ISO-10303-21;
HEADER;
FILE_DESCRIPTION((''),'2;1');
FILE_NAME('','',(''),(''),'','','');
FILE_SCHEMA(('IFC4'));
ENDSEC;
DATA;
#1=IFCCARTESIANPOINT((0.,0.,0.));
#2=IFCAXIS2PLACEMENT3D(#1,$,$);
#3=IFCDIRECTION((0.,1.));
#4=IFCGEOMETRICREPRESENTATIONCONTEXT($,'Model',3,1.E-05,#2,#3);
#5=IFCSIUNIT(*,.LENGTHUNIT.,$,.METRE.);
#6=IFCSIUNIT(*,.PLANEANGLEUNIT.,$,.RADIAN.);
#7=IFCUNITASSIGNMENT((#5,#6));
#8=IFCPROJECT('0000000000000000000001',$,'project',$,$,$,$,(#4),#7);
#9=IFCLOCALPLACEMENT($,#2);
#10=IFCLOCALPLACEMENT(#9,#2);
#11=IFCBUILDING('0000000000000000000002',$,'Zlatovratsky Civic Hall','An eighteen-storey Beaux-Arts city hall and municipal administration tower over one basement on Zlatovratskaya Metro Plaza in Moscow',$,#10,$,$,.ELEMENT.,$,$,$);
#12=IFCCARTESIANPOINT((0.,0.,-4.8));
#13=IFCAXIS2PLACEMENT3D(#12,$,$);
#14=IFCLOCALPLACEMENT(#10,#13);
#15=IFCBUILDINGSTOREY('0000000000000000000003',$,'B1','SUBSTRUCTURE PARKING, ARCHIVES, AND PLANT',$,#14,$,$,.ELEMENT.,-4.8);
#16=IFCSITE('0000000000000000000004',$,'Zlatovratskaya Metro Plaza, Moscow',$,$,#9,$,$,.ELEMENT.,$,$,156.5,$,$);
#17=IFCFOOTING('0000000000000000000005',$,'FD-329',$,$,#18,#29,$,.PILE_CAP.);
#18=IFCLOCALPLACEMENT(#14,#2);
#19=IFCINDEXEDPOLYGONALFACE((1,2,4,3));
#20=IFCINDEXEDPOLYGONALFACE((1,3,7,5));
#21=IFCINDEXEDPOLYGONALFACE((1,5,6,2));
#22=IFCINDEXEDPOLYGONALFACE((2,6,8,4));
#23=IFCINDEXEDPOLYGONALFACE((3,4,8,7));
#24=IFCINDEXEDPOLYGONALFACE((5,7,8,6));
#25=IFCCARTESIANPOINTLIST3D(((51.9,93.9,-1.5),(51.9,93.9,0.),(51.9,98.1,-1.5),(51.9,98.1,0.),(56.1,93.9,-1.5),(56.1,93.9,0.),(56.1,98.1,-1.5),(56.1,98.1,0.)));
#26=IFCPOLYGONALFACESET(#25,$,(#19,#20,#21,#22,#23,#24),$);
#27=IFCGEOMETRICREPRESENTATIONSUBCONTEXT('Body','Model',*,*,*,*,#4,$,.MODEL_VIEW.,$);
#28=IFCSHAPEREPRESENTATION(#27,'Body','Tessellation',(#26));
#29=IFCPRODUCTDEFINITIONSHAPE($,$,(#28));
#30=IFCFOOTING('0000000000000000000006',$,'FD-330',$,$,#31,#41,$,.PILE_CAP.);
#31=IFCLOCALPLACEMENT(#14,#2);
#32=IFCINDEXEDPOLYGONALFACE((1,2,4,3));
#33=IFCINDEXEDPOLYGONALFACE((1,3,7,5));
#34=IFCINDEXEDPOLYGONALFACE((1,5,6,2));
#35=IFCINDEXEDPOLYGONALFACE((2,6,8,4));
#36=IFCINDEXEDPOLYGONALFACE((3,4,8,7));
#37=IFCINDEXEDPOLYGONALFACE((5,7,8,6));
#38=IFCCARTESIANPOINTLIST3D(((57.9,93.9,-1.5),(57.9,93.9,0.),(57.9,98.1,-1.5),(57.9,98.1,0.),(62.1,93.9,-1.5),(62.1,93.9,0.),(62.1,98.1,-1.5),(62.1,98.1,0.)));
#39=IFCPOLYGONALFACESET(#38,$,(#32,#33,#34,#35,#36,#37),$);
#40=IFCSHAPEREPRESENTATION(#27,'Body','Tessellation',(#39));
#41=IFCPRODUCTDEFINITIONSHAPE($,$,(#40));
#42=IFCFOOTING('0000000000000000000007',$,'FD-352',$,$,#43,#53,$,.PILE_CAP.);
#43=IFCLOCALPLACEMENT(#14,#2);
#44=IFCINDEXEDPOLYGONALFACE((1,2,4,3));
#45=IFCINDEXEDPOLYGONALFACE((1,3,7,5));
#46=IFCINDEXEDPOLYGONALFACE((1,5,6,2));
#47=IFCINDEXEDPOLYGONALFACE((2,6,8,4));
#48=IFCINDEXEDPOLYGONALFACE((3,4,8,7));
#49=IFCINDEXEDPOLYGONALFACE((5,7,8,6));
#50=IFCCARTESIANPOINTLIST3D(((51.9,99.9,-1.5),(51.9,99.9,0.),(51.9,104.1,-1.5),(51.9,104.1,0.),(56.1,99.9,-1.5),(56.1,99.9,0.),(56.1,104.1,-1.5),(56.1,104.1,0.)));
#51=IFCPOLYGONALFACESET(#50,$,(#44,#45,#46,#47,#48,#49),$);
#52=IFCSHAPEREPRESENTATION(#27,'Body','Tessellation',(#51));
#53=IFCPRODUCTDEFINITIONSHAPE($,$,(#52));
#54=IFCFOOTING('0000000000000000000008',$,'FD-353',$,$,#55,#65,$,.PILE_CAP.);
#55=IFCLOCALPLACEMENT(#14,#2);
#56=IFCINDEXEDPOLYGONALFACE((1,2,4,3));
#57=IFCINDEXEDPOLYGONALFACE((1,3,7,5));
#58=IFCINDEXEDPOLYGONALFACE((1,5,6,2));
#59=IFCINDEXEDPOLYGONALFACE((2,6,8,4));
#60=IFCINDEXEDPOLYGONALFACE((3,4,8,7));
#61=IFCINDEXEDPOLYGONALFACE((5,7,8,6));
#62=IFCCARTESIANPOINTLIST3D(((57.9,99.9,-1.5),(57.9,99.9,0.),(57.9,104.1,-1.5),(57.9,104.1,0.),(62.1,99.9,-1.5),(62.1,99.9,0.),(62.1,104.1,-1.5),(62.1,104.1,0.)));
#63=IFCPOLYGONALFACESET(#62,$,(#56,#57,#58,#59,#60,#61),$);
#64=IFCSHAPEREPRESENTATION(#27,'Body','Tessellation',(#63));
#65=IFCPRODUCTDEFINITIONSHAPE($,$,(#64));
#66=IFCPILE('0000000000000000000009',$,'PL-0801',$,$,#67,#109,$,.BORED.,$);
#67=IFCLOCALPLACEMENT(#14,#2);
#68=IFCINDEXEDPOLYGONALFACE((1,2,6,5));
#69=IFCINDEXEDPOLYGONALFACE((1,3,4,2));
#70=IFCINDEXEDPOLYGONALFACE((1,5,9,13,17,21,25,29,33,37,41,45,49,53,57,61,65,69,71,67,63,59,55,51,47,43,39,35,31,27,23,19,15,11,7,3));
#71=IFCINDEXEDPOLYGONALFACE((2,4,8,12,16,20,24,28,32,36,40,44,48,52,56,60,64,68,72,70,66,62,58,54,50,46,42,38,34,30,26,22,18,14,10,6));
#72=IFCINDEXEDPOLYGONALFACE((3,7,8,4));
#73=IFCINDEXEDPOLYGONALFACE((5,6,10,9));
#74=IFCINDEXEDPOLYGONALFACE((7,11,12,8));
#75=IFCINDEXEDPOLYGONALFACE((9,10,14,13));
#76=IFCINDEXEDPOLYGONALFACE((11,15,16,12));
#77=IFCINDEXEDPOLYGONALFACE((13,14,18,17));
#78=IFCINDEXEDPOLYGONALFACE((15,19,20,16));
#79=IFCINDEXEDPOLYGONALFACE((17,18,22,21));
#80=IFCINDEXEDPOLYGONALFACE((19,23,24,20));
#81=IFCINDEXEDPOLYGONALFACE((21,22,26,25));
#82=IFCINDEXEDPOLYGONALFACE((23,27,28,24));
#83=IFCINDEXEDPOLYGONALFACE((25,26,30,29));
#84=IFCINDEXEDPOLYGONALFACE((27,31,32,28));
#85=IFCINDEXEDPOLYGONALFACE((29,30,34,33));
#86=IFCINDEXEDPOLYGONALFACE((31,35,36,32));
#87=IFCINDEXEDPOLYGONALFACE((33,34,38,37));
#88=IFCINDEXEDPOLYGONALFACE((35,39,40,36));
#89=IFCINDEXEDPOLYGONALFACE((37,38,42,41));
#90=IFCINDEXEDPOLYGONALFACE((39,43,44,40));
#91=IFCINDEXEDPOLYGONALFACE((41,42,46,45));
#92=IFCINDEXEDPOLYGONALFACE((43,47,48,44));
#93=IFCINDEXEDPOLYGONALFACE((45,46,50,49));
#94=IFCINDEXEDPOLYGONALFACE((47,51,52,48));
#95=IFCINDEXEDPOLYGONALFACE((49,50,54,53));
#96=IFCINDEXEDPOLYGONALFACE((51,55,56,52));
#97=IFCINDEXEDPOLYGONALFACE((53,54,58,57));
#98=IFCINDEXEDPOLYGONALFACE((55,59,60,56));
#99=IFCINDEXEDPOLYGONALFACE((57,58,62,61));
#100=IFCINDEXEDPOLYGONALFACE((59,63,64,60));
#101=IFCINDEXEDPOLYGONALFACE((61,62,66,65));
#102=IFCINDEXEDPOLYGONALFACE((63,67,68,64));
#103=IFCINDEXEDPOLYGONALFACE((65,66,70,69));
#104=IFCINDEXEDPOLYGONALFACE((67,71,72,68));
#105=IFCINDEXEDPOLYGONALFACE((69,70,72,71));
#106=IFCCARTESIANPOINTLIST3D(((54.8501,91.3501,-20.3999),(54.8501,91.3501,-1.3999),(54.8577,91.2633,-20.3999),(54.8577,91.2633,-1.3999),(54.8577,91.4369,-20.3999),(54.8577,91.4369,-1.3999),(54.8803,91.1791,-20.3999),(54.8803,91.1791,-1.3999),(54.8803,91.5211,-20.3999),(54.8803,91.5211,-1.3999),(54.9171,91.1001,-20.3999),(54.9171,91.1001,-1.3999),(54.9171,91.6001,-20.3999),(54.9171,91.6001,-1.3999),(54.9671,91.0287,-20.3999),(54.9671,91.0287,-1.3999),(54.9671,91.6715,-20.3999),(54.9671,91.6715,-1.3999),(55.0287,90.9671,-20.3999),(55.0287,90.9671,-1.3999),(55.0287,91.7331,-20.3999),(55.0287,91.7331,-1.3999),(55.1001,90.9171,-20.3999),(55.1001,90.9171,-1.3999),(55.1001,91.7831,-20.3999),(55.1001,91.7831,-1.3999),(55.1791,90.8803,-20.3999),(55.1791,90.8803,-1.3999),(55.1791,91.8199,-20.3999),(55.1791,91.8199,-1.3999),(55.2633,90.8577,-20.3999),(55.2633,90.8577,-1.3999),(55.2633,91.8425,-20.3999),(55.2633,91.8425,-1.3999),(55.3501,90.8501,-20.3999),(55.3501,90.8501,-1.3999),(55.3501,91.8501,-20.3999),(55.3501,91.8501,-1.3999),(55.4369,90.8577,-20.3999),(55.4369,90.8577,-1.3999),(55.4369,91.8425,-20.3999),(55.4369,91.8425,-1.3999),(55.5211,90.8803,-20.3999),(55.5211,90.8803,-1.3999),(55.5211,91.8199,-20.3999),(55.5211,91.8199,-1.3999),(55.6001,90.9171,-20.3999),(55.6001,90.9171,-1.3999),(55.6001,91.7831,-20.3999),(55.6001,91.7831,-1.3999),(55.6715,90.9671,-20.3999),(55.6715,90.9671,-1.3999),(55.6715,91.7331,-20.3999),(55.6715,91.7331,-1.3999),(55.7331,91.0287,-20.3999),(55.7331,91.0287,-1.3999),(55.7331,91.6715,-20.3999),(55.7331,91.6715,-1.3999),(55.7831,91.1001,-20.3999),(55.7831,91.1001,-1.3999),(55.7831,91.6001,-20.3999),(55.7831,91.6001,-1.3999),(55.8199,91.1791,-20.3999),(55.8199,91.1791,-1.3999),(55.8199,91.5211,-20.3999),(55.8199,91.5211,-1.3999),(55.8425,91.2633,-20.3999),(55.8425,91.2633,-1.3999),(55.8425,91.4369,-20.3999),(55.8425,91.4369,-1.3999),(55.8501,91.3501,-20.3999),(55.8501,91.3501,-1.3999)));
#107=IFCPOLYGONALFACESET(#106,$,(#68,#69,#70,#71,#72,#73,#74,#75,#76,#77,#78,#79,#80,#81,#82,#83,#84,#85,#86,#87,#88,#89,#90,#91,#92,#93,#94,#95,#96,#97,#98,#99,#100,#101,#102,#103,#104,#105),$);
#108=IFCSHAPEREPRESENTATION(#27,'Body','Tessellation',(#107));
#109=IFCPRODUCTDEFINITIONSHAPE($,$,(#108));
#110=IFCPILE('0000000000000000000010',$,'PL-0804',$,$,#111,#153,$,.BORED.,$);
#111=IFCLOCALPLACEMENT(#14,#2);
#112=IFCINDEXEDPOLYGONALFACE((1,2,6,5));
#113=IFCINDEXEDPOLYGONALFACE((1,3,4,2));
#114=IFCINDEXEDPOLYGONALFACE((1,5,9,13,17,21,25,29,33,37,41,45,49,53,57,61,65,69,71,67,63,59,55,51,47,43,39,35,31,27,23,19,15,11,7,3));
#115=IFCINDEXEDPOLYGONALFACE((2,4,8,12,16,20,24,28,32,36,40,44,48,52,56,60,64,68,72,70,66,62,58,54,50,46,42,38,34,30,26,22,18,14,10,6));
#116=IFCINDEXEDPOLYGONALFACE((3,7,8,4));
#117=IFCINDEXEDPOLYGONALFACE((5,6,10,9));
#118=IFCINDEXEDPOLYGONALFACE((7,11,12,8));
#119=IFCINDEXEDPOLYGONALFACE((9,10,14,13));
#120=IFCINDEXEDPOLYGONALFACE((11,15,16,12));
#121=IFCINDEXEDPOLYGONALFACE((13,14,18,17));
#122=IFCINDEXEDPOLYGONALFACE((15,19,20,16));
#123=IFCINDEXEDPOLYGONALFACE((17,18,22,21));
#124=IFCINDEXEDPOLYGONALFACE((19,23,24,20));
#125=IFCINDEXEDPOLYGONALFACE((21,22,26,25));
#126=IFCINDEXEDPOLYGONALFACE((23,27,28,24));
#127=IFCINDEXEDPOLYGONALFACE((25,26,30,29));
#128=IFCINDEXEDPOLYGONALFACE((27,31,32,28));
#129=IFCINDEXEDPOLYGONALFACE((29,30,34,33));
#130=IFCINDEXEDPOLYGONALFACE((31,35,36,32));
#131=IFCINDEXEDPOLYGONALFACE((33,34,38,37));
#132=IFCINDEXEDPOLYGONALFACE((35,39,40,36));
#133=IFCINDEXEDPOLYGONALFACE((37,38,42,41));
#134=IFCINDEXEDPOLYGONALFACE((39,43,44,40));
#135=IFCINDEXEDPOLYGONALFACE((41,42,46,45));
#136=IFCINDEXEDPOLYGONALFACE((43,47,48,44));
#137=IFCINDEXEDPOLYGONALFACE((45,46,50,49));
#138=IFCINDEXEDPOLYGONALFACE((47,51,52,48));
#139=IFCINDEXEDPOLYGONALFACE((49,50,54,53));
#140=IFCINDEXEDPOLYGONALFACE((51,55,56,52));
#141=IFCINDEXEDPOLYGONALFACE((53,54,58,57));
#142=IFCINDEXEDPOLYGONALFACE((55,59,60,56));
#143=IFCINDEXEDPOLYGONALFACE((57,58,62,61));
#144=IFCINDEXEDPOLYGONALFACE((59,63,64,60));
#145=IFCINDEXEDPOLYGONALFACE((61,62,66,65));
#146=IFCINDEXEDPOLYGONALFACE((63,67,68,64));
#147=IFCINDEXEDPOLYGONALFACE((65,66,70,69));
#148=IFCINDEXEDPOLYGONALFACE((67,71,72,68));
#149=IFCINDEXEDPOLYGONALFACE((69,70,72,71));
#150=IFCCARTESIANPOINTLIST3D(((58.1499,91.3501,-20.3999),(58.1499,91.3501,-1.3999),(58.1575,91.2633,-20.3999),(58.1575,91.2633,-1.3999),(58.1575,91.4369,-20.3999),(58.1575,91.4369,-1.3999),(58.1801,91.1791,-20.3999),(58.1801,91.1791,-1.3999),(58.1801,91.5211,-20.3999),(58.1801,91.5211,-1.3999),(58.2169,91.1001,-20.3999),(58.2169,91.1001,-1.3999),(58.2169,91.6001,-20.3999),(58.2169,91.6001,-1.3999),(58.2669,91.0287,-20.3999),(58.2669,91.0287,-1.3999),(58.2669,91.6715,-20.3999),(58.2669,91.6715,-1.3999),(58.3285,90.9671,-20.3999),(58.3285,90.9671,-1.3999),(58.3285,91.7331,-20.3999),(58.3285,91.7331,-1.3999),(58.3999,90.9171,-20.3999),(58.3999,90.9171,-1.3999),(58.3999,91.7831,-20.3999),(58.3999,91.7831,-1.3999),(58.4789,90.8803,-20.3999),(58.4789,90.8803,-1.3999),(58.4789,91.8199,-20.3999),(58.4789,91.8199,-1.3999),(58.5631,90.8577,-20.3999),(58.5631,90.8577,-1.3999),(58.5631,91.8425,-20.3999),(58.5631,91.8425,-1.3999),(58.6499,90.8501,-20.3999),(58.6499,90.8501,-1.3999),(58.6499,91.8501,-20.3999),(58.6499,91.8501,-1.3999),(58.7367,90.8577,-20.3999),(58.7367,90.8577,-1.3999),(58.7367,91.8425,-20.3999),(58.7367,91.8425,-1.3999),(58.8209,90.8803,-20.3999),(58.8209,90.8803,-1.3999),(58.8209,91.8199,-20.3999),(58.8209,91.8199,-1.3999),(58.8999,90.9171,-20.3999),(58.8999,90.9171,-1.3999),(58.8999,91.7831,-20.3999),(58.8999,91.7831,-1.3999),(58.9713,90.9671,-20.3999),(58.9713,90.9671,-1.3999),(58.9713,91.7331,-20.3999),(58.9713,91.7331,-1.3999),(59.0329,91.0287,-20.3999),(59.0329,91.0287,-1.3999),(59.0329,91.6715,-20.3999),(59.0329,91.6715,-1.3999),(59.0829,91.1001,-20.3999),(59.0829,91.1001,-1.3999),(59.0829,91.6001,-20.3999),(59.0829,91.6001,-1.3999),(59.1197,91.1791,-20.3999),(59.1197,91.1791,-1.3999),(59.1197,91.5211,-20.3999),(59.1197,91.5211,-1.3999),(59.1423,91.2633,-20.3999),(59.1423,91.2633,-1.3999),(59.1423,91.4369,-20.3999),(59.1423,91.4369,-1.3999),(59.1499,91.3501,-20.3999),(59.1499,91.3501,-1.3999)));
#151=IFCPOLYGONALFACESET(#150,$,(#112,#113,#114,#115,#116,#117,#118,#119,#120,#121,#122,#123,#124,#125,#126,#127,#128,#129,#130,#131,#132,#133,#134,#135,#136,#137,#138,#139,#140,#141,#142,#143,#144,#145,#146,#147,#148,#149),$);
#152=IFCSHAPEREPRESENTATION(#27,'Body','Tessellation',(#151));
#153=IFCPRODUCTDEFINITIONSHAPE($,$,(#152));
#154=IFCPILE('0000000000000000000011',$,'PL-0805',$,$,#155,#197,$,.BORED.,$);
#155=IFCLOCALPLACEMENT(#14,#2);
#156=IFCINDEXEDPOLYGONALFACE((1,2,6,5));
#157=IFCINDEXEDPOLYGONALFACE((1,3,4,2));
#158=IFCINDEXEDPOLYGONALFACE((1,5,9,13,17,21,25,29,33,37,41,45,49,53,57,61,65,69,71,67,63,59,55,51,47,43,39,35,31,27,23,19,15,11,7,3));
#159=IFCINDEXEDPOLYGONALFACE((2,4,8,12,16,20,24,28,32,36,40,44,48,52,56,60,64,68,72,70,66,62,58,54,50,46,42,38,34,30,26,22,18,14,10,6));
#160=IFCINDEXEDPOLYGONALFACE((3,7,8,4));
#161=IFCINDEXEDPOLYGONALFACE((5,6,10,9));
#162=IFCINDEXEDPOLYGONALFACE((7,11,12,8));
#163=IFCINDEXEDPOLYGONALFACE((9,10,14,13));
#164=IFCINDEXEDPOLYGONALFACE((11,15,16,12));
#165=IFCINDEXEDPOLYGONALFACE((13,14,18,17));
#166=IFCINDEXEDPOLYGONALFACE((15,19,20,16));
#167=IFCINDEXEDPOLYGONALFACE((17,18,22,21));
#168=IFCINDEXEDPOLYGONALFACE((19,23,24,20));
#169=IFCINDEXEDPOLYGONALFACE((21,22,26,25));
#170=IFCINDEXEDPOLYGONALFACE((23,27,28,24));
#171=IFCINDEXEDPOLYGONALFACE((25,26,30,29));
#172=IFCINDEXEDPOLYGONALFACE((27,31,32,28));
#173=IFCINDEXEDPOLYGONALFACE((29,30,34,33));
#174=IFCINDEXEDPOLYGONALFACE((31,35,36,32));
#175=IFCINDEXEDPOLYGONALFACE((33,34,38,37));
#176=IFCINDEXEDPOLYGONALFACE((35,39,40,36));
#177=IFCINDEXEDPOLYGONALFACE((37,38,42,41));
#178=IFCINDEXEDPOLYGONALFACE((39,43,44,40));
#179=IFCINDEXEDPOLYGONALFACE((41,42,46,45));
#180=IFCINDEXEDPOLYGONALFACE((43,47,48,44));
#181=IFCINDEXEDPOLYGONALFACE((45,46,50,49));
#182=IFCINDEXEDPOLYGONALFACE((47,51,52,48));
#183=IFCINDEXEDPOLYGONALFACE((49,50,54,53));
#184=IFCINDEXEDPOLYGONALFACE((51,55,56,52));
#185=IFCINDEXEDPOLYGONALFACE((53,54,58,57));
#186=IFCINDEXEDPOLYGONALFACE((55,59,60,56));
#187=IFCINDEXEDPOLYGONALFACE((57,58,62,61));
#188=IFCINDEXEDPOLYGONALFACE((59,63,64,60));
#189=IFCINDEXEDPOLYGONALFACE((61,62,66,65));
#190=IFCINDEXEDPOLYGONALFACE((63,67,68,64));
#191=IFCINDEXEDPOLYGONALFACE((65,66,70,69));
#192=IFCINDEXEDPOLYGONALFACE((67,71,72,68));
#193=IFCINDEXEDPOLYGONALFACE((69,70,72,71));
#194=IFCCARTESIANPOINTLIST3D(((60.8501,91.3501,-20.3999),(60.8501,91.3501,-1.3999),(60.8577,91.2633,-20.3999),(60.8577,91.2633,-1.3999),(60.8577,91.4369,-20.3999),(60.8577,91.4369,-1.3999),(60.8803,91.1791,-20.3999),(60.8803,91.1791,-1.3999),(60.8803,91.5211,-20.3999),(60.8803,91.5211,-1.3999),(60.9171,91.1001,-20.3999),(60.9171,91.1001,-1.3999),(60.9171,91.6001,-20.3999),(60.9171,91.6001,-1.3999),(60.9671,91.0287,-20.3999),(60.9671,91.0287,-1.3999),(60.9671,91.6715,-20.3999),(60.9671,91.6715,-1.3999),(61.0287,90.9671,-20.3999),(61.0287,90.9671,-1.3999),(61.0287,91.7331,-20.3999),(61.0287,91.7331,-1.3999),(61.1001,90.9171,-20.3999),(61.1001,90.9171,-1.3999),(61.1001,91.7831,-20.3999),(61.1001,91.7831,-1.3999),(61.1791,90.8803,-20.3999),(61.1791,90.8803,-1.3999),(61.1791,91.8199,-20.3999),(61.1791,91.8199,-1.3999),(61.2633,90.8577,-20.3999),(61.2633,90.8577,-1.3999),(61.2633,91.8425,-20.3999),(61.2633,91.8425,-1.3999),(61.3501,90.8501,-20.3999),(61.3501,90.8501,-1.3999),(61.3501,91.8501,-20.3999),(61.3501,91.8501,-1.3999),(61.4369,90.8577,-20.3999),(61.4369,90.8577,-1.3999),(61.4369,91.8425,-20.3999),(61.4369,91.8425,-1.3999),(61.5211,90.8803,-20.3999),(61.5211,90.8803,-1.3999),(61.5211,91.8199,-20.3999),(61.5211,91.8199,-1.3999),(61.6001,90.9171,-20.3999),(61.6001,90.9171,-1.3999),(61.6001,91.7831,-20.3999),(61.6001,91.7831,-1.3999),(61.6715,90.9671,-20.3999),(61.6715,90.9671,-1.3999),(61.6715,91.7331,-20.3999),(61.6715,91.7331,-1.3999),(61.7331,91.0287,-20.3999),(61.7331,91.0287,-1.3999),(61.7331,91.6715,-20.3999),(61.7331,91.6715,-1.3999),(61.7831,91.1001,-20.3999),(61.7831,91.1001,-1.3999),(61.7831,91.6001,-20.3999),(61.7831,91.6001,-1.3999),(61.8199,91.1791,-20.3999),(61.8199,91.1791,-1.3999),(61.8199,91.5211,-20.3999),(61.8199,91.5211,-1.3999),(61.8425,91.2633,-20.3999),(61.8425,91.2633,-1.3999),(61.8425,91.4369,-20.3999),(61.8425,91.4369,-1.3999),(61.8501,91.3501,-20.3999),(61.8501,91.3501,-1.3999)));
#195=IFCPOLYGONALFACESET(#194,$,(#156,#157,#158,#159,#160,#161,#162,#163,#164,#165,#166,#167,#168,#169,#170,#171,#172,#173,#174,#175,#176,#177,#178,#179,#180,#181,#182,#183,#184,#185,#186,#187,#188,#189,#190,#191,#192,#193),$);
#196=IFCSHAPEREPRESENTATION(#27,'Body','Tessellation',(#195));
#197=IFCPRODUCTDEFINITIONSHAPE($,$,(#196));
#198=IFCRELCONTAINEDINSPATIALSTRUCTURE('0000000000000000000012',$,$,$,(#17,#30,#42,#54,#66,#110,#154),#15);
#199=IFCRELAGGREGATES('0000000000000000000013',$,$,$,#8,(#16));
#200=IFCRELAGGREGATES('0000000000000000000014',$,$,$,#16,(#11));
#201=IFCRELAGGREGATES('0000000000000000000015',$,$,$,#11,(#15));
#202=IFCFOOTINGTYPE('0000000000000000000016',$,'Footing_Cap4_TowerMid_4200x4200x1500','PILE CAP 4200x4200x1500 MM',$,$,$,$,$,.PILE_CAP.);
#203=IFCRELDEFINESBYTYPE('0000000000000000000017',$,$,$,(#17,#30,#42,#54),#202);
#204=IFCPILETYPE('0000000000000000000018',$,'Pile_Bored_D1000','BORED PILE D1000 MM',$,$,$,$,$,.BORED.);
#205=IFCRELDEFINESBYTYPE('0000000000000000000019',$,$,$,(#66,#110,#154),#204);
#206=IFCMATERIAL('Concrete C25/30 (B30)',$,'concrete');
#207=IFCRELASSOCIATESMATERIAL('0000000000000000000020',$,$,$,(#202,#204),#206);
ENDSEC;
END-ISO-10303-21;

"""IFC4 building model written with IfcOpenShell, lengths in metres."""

from ifc_helpers import new_model, si_unit, direction, frame, origin, origin_2d, place, context, subcontext, project, spatial, rectangle, circle, extrude, material, material_profile, profile_set, type_object, element, save


model = new_model("IFC4")

# Units and contexts
model_context = context("Model", 3, precision=1e-05, world=origin(), true_north=direction((0.0, 1.0)))
body_context = subcontext(model_context, "Body", "Model", "MODEL_VIEW")
ifc_project = project(units=[si_unit("LENGTHUNIT", "METRE"), si_unit("PLANEANGLEUNIT", "RADIAN")], contexts=[model_context])

# Site, building, storey
site_placement = place(None, origin())
site = spatial("IfcSite", under=ifc_project, at=site_placement, Name="Zlatovratskaya Metro Plaza, Moscow", CompositionType="ELEMENT", RefElevation=156.5)
building_placement = place(site_placement, origin())
building = spatial("IfcBuilding", under=site, at=building_placement, Name="Zlatovratsky Civic Hall", Description="An eighteen-storey Beaux-Arts city hall and municipal administration tower over one basement on Zlatovratskaya Metro Plaza in Moscow", CompositionType="ELEMENT")
storey_placement = place(building_placement, frame((0.0, 0.0, -4.8)))
storey = spatial("IfcBuildingStorey", under=building, at=storey_placement, Name="B1", Description="SUBSTRUCTURE PARKING, ARCHIVES, AND PLANT", CompositionType="ELEMENT", Elevation=-4.8)

# Footings
ifc_material_1 = material(Name="Concrete C25/30 (B30)", Category="concrete")
footing_type = type_object("IfcFootingType", Name="Footing_Cap4_TowerMid_4200x4200x1500", Description="PILE CAP 4200x4200x1500 MM", PredefinedType="PILE_CAP", material=ifc_material_1)
for number, where, z_axis, x_axis, name in (
    (1, (54.0, 96.0, -1.5), (0.0, 0.0, 1.0), (1.0, 0.0, 0.0), "FD-329"),
    (2, (60.0, 96.0, -1.5), (0.0, 0.0, 1.0), (1.0, 0.0, 0.0), "FD-330"),
    (3, (54.0, 102.0, -1.5), (0.0, 0.0, 1.0), (1.0, 0.0, 0.0), "FD-352"),
    (4, (60.0, 102.0, -1.5), (0.0, 0.0, 1.0), (1.0, 0.0, 0.0), "FD-353"),
):
    element("IfcFooting", number, at=place(storey_placement, frame(where, z_axis=z_axis, x_axis=x_axis)), inside=storey, type_object=footing_type, Name=name, PredefinedType="PILE_CAP", context=body_context, shape_type="SweptSolid", body=[
        extrude(rectangle(XDim=4.2, YDim=4.2, at=origin_2d()), origin(), (0.0, 0.0, 1.0), 1.5),
    ])

# Piles
ifc_material_profile_1 = material_profile(ifc_material_1, circle(Radius=0.5, at=origin_2d()), Name="PILE D1000")
ifc_profile_set_1 = profile_set([ifc_material_profile_1], Name="Concrete C25/30 (B30)")
pile_type = type_object("IfcPileType", Name="Pile_Bored_D1000", Description="BORED PILE D1000 MM", PredefinedType="BORED", material=ifc_profile_set_1)
for number, where, z_axis, x_axis, name in (
    (5, (55.3501, 91.3501, -1.3999), (0.0, 0.0, -1.0), (1.0, 0.0, 0.0), "PL-0801"),
    (6, (58.6499, 91.3501, -1.3999), (0.0, 0.0, -1.0), (1.0, 0.0, 0.0), "PL-0804"),
    (7, (61.3501, 91.3501, -1.3999), (0.0, 0.0, -1.0), (1.0, 0.0, 0.0), "PL-0805"),
):
    element("IfcPile", number, at=place(storey_placement, frame(where, z_axis=z_axis, x_axis=x_axis)), inside=storey, type_object=pile_type, Name=name, PredefinedType="BORED", context=body_context, shape_type="SweptSolid", body=[
        extrude(circle(Radius=0.5, at=origin_2d()), origin(), (0.0, 0.0, 1.0), 19.0),
    ])

save(model, "model.ifc")
